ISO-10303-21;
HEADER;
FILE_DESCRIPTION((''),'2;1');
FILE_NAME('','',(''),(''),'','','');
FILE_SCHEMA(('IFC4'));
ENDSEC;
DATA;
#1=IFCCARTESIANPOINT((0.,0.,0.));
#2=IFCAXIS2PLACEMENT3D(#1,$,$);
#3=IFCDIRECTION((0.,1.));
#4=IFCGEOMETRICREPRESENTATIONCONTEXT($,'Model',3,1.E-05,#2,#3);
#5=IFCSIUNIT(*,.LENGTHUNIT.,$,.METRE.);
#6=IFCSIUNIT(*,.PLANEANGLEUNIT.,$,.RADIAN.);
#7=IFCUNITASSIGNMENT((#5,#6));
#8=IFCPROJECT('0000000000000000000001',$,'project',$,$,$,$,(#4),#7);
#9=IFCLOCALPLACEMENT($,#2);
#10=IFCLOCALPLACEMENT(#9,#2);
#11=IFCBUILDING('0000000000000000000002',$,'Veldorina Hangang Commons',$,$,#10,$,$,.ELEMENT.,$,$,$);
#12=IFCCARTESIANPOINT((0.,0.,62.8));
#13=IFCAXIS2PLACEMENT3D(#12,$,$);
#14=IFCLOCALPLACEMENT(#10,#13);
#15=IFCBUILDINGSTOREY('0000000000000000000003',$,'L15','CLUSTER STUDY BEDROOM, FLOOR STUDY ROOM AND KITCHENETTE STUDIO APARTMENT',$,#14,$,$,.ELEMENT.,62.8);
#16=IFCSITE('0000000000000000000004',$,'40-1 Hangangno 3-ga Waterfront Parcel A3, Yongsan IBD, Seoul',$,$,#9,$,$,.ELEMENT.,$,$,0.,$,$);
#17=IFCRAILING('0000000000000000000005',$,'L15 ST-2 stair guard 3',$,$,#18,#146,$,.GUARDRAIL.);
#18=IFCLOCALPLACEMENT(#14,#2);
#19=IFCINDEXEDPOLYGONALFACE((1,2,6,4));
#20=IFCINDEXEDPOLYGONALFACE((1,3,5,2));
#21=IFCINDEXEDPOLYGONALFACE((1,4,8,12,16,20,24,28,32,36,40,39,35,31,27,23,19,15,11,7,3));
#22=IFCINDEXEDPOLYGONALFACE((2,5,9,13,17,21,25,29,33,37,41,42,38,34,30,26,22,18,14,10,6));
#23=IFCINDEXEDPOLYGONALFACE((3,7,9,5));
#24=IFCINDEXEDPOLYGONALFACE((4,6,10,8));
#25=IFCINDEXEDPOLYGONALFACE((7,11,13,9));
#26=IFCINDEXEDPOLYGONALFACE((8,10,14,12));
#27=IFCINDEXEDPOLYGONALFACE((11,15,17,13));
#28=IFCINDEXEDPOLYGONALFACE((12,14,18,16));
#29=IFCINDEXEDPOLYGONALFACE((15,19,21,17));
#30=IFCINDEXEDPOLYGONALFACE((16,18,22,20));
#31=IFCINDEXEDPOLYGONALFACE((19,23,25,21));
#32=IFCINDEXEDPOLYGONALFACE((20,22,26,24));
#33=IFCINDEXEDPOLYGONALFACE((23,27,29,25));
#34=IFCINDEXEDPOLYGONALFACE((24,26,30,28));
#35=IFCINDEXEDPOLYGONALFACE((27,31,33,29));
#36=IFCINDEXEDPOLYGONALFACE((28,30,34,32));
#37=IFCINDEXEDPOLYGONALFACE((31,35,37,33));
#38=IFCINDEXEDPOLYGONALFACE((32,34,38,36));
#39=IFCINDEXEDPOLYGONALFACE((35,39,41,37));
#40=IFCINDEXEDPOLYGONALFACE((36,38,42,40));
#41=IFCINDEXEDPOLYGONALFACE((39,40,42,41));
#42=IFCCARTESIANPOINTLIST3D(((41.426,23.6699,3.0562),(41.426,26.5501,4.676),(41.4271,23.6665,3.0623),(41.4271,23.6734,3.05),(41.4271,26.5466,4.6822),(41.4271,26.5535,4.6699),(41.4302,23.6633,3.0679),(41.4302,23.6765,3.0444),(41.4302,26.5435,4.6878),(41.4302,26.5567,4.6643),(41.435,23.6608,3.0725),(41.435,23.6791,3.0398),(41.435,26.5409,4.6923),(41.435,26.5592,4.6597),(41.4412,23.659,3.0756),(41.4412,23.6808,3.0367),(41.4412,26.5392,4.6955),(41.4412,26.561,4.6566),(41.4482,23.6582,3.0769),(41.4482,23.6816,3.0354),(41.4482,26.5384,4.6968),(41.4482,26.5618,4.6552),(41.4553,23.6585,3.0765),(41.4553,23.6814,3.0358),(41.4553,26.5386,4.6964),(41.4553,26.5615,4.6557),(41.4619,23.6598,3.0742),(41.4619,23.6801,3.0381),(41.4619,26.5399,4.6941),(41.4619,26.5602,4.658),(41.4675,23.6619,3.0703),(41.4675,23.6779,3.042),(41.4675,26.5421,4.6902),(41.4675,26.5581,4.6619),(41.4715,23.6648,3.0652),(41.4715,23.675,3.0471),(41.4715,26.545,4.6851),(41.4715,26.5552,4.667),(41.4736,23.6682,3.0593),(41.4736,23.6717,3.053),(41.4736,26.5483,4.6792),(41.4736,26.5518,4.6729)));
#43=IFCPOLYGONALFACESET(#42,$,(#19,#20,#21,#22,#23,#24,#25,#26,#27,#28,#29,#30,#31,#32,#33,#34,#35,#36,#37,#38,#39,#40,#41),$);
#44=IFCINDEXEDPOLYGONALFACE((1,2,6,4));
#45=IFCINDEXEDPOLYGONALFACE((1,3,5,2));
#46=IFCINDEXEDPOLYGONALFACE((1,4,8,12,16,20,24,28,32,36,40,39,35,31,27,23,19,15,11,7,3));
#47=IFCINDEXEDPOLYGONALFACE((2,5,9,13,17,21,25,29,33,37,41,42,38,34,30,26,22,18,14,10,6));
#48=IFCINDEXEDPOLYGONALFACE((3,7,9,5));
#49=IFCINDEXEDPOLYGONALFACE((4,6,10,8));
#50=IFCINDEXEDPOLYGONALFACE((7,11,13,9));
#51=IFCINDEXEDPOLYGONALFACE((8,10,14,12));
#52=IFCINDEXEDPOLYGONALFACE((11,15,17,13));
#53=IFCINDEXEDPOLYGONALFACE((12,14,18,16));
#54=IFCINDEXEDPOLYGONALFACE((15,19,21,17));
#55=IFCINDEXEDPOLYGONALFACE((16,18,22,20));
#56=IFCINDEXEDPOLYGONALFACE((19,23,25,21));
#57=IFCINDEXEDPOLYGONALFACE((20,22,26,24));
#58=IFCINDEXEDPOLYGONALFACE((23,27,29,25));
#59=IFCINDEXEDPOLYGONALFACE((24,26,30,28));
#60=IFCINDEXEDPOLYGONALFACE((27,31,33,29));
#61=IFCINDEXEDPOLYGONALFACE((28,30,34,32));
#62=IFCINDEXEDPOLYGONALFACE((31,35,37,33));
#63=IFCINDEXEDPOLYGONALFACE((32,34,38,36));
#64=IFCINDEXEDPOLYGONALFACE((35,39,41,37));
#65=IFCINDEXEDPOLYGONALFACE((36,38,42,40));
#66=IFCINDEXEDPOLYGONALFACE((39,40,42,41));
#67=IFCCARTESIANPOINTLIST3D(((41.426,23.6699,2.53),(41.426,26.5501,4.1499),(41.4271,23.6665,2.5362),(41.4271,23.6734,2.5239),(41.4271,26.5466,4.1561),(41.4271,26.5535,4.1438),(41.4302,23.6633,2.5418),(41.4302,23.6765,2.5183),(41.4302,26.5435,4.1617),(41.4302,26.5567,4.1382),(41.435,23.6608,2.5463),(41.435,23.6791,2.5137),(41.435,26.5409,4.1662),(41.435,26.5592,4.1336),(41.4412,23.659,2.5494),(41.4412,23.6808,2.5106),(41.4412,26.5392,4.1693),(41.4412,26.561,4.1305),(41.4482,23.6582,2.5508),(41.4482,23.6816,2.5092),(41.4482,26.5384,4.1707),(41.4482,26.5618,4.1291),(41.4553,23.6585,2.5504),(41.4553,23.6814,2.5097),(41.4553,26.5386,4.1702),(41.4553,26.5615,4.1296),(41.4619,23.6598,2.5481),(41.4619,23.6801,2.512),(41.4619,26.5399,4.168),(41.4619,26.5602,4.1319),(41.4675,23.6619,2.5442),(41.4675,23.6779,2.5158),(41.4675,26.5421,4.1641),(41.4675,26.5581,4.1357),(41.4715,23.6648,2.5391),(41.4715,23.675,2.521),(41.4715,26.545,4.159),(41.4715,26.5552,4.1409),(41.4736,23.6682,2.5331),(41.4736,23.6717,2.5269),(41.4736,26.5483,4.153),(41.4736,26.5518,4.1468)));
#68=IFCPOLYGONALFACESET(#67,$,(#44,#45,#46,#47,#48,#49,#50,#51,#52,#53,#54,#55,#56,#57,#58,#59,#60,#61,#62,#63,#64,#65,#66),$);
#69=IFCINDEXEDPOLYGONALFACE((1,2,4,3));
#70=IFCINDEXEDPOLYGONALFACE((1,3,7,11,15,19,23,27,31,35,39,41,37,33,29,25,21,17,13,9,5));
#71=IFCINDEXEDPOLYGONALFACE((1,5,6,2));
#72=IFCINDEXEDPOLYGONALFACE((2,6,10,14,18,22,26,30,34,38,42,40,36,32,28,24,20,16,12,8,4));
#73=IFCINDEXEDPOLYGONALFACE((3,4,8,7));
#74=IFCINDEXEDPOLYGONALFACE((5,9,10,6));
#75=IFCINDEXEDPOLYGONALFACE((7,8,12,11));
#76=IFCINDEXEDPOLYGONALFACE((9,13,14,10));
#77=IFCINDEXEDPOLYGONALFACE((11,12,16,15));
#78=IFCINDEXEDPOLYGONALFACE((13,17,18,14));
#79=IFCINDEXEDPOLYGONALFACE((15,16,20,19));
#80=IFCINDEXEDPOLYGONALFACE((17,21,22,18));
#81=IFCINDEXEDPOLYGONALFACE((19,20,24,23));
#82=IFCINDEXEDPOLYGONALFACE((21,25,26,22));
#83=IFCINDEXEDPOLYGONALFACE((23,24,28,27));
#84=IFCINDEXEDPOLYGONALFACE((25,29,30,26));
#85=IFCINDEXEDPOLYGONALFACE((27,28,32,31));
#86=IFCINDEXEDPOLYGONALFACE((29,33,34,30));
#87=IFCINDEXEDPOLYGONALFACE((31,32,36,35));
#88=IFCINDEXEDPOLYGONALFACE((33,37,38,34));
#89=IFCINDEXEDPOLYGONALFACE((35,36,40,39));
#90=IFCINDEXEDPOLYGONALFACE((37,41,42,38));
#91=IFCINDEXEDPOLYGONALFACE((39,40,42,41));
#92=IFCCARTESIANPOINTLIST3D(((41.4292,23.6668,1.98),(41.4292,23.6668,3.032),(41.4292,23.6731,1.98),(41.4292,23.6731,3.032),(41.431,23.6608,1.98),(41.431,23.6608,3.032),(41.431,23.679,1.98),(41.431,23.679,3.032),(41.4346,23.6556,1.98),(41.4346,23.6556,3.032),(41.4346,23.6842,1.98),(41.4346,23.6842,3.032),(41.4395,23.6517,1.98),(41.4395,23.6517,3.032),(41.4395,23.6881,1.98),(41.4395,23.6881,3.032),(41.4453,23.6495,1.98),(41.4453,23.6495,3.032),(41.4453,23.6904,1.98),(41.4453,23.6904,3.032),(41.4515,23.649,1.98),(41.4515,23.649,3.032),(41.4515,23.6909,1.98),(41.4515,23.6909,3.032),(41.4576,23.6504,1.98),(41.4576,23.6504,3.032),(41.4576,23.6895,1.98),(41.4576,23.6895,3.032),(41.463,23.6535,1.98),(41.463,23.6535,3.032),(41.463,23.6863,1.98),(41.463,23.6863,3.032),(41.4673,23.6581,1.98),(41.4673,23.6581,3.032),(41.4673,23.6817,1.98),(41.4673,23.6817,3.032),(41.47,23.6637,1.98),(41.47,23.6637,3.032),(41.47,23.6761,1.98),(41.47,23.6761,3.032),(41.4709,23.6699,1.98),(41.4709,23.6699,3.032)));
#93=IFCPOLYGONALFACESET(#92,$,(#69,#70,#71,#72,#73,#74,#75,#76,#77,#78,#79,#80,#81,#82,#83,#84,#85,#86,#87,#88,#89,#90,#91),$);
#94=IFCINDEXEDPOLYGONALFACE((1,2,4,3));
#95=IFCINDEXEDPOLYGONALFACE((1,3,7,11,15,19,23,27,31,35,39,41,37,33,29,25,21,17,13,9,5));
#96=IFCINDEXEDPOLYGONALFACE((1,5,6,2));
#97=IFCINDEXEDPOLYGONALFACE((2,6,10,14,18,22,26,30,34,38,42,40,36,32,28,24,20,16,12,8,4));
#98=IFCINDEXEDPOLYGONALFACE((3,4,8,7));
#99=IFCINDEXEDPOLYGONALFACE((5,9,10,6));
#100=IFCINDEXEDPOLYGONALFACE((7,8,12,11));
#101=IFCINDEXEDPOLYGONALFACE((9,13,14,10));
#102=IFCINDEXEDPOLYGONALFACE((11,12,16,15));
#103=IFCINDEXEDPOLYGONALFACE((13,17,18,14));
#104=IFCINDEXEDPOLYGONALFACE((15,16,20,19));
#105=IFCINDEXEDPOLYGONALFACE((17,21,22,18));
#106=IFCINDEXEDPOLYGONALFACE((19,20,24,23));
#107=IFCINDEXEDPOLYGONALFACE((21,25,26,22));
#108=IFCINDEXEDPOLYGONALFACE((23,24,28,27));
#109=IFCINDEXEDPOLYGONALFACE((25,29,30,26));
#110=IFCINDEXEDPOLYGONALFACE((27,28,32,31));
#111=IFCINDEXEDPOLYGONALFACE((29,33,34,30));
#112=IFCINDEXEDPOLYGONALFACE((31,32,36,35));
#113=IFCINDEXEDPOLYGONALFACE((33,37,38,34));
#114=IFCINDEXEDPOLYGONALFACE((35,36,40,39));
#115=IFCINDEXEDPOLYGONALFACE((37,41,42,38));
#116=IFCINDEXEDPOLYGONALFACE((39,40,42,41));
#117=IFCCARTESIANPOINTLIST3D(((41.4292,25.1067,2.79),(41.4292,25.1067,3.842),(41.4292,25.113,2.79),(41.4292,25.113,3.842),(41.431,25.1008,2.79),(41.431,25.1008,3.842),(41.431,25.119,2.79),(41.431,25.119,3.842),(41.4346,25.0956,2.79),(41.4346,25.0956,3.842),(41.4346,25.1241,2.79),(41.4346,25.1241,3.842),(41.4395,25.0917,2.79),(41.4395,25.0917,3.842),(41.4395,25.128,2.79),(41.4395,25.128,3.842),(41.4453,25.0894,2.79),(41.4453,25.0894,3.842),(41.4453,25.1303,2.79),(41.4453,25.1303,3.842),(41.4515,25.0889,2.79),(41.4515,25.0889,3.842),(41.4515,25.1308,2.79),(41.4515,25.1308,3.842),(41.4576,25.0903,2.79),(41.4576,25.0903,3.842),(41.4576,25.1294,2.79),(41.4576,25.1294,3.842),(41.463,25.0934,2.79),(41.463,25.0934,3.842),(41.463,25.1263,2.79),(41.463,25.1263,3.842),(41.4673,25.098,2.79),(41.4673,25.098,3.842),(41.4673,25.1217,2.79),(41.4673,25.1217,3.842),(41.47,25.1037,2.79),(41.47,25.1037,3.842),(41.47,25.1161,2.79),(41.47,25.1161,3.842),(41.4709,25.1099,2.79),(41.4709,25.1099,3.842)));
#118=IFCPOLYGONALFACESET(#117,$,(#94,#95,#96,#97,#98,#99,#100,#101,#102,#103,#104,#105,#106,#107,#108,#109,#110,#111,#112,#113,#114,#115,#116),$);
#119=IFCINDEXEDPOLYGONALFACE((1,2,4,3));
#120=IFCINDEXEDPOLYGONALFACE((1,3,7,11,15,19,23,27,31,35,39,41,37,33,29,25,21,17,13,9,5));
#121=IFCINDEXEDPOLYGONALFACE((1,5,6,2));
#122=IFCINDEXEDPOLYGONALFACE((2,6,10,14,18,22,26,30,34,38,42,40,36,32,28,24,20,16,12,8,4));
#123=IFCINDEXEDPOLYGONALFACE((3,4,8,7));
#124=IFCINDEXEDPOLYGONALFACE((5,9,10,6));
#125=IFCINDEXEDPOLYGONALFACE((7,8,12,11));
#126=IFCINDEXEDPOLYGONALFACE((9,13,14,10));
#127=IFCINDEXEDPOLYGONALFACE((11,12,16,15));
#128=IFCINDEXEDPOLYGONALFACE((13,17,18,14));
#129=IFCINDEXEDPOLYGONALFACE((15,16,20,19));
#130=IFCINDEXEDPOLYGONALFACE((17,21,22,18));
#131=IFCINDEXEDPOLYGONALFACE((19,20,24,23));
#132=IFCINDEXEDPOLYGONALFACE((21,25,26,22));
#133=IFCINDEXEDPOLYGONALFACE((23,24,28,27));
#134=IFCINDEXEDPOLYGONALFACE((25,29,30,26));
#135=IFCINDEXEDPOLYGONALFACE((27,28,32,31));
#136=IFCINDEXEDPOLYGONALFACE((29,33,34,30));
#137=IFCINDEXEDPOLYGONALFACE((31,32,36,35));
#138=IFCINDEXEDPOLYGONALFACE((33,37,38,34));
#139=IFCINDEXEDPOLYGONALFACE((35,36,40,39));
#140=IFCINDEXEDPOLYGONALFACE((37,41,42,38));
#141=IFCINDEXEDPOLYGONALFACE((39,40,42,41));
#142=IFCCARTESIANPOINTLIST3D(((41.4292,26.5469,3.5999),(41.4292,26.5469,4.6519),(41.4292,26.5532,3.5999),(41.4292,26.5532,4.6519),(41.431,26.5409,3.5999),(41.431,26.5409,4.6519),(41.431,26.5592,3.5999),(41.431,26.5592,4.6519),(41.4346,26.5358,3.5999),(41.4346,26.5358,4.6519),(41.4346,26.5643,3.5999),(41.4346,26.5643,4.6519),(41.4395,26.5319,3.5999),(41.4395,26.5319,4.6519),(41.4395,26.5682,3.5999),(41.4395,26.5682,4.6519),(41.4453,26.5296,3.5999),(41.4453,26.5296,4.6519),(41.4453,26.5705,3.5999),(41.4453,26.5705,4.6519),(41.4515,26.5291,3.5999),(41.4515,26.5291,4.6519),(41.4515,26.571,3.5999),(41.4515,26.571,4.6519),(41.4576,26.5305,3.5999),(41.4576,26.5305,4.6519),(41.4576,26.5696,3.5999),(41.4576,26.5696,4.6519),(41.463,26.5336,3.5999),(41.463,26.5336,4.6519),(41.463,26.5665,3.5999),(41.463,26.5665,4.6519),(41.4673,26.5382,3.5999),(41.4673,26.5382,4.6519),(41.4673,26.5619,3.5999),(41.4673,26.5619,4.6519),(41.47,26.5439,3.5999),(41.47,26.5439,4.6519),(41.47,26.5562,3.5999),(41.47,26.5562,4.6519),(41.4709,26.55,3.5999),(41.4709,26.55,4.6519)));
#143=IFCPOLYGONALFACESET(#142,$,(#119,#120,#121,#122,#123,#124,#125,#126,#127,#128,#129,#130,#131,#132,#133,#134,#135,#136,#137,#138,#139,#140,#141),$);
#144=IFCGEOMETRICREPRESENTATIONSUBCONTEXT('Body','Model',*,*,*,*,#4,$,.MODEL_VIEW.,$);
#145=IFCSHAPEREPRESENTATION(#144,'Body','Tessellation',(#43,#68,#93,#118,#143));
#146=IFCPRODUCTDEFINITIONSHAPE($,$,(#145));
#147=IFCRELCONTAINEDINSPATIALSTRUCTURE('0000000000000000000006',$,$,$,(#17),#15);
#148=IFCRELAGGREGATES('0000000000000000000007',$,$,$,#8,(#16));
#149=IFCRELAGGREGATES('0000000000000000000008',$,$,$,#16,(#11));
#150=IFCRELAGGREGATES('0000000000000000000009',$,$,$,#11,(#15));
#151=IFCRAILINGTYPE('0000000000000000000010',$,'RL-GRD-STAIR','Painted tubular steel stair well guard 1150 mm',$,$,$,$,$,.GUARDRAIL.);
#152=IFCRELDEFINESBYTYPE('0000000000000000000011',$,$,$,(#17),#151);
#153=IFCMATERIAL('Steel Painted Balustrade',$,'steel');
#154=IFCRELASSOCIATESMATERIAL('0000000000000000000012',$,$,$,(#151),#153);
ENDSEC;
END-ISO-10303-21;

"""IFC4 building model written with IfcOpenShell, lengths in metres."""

from ifc_helpers import new_model, si_unit, direction, frame, origin, origin_2d, place, context, subcontext, project, spatial, circle, extrude, material, type_object, element, save


model = new_model("IFC4")

# Units and contexts
model_context = context("Model", 3, precision=1e-05, world=origin(), true_north=direction((0.0, 1.0)))
body_context = subcontext(model_context, "Body", "Model", "MODEL_VIEW")
ifc_project = project(units=[si_unit("LENGTHUNIT", "METRE"), si_unit("PLANEANGLEUNIT", "RADIAN")], contexts=[model_context])

# Site, building, storey
site_placement = place(None, origin())
site = spatial("IfcSite", under=ifc_project, at=site_placement, Name="40-1 Hangangno 3-ga Waterfront Parcel A3, Yongsan IBD, Seoul", CompositionType="ELEMENT", RefElevation=0.0)
building_placement = place(site_placement, origin())
building = spatial("IfcBuilding", under=site, at=building_placement, Name="Veldorina Hangang Commons", CompositionType="ELEMENT")
storey_placement = place(building_placement, frame((0.0, 0.0, 62.8)))
storey = spatial("IfcBuildingStorey", under=building, at=storey_placement, Name="L15", Description="CLUSTER STUDY BEDROOM, FLOOR STUDY ROOM AND KITCHENETTE STUDIO APARTMENT", CompositionType="ELEMENT", Elevation=62.8)

# Railing
ifc_material_1 = material(Name="Steel Painted Balustrade", Category="steel")
railing_type = type_object("IfcRailingType", Name="RL-GRD-STAIR", Description="Painted tubular steel stair well guard 1150 mm", PredefinedType="GUARDRAIL", material=ifc_material_1)
railing_1_placement = place(storey_placement, frame((41.45, 23.6699, 1.98)))
element("IfcRailing", 1, at=railing_1_placement, inside=storey, type_object=railing_type, Name="L15 ST-2 stair guard 3", PredefinedType="GUARDRAIL", context=body_context, shape_type="SweptSolid", body=[
    extrude(circle(Radius=0.0239, at=origin_2d()), frame((0.0, 0.0, 1.0762), z_axis=(0.0, 0.871601, 0.490216), x_axis=(-1.0, 0.0, 0.0)), (0.0, 0.0, 1.0), 3.3044),
    extrude(circle(Radius=0.0239, at=origin_2d()), frame((0.0, 0.0, 0.55), z_axis=(0.0, 0.871601, 0.490216), x_axis=(-1.0, 0.0, 0.0)), (0.0, 0.0, 1.0), 3.3044),
    extrude(circle(Radius=0.021, at=origin_2d()), origin(), (0.0, 0.0, 1.0), 1.052),
    extrude(circle(Radius=0.021, at=origin_2d()), frame((0.0, 1.4399, 0.8101)), (0.0, 0.0, 1.0), 1.052),
    extrude(circle(Radius=0.021, at=origin_2d()), frame((0.0, 2.8801, 1.6199)), (0.0, 0.0, 1.0), 1.052),
])

save(model, "model.ifc")
